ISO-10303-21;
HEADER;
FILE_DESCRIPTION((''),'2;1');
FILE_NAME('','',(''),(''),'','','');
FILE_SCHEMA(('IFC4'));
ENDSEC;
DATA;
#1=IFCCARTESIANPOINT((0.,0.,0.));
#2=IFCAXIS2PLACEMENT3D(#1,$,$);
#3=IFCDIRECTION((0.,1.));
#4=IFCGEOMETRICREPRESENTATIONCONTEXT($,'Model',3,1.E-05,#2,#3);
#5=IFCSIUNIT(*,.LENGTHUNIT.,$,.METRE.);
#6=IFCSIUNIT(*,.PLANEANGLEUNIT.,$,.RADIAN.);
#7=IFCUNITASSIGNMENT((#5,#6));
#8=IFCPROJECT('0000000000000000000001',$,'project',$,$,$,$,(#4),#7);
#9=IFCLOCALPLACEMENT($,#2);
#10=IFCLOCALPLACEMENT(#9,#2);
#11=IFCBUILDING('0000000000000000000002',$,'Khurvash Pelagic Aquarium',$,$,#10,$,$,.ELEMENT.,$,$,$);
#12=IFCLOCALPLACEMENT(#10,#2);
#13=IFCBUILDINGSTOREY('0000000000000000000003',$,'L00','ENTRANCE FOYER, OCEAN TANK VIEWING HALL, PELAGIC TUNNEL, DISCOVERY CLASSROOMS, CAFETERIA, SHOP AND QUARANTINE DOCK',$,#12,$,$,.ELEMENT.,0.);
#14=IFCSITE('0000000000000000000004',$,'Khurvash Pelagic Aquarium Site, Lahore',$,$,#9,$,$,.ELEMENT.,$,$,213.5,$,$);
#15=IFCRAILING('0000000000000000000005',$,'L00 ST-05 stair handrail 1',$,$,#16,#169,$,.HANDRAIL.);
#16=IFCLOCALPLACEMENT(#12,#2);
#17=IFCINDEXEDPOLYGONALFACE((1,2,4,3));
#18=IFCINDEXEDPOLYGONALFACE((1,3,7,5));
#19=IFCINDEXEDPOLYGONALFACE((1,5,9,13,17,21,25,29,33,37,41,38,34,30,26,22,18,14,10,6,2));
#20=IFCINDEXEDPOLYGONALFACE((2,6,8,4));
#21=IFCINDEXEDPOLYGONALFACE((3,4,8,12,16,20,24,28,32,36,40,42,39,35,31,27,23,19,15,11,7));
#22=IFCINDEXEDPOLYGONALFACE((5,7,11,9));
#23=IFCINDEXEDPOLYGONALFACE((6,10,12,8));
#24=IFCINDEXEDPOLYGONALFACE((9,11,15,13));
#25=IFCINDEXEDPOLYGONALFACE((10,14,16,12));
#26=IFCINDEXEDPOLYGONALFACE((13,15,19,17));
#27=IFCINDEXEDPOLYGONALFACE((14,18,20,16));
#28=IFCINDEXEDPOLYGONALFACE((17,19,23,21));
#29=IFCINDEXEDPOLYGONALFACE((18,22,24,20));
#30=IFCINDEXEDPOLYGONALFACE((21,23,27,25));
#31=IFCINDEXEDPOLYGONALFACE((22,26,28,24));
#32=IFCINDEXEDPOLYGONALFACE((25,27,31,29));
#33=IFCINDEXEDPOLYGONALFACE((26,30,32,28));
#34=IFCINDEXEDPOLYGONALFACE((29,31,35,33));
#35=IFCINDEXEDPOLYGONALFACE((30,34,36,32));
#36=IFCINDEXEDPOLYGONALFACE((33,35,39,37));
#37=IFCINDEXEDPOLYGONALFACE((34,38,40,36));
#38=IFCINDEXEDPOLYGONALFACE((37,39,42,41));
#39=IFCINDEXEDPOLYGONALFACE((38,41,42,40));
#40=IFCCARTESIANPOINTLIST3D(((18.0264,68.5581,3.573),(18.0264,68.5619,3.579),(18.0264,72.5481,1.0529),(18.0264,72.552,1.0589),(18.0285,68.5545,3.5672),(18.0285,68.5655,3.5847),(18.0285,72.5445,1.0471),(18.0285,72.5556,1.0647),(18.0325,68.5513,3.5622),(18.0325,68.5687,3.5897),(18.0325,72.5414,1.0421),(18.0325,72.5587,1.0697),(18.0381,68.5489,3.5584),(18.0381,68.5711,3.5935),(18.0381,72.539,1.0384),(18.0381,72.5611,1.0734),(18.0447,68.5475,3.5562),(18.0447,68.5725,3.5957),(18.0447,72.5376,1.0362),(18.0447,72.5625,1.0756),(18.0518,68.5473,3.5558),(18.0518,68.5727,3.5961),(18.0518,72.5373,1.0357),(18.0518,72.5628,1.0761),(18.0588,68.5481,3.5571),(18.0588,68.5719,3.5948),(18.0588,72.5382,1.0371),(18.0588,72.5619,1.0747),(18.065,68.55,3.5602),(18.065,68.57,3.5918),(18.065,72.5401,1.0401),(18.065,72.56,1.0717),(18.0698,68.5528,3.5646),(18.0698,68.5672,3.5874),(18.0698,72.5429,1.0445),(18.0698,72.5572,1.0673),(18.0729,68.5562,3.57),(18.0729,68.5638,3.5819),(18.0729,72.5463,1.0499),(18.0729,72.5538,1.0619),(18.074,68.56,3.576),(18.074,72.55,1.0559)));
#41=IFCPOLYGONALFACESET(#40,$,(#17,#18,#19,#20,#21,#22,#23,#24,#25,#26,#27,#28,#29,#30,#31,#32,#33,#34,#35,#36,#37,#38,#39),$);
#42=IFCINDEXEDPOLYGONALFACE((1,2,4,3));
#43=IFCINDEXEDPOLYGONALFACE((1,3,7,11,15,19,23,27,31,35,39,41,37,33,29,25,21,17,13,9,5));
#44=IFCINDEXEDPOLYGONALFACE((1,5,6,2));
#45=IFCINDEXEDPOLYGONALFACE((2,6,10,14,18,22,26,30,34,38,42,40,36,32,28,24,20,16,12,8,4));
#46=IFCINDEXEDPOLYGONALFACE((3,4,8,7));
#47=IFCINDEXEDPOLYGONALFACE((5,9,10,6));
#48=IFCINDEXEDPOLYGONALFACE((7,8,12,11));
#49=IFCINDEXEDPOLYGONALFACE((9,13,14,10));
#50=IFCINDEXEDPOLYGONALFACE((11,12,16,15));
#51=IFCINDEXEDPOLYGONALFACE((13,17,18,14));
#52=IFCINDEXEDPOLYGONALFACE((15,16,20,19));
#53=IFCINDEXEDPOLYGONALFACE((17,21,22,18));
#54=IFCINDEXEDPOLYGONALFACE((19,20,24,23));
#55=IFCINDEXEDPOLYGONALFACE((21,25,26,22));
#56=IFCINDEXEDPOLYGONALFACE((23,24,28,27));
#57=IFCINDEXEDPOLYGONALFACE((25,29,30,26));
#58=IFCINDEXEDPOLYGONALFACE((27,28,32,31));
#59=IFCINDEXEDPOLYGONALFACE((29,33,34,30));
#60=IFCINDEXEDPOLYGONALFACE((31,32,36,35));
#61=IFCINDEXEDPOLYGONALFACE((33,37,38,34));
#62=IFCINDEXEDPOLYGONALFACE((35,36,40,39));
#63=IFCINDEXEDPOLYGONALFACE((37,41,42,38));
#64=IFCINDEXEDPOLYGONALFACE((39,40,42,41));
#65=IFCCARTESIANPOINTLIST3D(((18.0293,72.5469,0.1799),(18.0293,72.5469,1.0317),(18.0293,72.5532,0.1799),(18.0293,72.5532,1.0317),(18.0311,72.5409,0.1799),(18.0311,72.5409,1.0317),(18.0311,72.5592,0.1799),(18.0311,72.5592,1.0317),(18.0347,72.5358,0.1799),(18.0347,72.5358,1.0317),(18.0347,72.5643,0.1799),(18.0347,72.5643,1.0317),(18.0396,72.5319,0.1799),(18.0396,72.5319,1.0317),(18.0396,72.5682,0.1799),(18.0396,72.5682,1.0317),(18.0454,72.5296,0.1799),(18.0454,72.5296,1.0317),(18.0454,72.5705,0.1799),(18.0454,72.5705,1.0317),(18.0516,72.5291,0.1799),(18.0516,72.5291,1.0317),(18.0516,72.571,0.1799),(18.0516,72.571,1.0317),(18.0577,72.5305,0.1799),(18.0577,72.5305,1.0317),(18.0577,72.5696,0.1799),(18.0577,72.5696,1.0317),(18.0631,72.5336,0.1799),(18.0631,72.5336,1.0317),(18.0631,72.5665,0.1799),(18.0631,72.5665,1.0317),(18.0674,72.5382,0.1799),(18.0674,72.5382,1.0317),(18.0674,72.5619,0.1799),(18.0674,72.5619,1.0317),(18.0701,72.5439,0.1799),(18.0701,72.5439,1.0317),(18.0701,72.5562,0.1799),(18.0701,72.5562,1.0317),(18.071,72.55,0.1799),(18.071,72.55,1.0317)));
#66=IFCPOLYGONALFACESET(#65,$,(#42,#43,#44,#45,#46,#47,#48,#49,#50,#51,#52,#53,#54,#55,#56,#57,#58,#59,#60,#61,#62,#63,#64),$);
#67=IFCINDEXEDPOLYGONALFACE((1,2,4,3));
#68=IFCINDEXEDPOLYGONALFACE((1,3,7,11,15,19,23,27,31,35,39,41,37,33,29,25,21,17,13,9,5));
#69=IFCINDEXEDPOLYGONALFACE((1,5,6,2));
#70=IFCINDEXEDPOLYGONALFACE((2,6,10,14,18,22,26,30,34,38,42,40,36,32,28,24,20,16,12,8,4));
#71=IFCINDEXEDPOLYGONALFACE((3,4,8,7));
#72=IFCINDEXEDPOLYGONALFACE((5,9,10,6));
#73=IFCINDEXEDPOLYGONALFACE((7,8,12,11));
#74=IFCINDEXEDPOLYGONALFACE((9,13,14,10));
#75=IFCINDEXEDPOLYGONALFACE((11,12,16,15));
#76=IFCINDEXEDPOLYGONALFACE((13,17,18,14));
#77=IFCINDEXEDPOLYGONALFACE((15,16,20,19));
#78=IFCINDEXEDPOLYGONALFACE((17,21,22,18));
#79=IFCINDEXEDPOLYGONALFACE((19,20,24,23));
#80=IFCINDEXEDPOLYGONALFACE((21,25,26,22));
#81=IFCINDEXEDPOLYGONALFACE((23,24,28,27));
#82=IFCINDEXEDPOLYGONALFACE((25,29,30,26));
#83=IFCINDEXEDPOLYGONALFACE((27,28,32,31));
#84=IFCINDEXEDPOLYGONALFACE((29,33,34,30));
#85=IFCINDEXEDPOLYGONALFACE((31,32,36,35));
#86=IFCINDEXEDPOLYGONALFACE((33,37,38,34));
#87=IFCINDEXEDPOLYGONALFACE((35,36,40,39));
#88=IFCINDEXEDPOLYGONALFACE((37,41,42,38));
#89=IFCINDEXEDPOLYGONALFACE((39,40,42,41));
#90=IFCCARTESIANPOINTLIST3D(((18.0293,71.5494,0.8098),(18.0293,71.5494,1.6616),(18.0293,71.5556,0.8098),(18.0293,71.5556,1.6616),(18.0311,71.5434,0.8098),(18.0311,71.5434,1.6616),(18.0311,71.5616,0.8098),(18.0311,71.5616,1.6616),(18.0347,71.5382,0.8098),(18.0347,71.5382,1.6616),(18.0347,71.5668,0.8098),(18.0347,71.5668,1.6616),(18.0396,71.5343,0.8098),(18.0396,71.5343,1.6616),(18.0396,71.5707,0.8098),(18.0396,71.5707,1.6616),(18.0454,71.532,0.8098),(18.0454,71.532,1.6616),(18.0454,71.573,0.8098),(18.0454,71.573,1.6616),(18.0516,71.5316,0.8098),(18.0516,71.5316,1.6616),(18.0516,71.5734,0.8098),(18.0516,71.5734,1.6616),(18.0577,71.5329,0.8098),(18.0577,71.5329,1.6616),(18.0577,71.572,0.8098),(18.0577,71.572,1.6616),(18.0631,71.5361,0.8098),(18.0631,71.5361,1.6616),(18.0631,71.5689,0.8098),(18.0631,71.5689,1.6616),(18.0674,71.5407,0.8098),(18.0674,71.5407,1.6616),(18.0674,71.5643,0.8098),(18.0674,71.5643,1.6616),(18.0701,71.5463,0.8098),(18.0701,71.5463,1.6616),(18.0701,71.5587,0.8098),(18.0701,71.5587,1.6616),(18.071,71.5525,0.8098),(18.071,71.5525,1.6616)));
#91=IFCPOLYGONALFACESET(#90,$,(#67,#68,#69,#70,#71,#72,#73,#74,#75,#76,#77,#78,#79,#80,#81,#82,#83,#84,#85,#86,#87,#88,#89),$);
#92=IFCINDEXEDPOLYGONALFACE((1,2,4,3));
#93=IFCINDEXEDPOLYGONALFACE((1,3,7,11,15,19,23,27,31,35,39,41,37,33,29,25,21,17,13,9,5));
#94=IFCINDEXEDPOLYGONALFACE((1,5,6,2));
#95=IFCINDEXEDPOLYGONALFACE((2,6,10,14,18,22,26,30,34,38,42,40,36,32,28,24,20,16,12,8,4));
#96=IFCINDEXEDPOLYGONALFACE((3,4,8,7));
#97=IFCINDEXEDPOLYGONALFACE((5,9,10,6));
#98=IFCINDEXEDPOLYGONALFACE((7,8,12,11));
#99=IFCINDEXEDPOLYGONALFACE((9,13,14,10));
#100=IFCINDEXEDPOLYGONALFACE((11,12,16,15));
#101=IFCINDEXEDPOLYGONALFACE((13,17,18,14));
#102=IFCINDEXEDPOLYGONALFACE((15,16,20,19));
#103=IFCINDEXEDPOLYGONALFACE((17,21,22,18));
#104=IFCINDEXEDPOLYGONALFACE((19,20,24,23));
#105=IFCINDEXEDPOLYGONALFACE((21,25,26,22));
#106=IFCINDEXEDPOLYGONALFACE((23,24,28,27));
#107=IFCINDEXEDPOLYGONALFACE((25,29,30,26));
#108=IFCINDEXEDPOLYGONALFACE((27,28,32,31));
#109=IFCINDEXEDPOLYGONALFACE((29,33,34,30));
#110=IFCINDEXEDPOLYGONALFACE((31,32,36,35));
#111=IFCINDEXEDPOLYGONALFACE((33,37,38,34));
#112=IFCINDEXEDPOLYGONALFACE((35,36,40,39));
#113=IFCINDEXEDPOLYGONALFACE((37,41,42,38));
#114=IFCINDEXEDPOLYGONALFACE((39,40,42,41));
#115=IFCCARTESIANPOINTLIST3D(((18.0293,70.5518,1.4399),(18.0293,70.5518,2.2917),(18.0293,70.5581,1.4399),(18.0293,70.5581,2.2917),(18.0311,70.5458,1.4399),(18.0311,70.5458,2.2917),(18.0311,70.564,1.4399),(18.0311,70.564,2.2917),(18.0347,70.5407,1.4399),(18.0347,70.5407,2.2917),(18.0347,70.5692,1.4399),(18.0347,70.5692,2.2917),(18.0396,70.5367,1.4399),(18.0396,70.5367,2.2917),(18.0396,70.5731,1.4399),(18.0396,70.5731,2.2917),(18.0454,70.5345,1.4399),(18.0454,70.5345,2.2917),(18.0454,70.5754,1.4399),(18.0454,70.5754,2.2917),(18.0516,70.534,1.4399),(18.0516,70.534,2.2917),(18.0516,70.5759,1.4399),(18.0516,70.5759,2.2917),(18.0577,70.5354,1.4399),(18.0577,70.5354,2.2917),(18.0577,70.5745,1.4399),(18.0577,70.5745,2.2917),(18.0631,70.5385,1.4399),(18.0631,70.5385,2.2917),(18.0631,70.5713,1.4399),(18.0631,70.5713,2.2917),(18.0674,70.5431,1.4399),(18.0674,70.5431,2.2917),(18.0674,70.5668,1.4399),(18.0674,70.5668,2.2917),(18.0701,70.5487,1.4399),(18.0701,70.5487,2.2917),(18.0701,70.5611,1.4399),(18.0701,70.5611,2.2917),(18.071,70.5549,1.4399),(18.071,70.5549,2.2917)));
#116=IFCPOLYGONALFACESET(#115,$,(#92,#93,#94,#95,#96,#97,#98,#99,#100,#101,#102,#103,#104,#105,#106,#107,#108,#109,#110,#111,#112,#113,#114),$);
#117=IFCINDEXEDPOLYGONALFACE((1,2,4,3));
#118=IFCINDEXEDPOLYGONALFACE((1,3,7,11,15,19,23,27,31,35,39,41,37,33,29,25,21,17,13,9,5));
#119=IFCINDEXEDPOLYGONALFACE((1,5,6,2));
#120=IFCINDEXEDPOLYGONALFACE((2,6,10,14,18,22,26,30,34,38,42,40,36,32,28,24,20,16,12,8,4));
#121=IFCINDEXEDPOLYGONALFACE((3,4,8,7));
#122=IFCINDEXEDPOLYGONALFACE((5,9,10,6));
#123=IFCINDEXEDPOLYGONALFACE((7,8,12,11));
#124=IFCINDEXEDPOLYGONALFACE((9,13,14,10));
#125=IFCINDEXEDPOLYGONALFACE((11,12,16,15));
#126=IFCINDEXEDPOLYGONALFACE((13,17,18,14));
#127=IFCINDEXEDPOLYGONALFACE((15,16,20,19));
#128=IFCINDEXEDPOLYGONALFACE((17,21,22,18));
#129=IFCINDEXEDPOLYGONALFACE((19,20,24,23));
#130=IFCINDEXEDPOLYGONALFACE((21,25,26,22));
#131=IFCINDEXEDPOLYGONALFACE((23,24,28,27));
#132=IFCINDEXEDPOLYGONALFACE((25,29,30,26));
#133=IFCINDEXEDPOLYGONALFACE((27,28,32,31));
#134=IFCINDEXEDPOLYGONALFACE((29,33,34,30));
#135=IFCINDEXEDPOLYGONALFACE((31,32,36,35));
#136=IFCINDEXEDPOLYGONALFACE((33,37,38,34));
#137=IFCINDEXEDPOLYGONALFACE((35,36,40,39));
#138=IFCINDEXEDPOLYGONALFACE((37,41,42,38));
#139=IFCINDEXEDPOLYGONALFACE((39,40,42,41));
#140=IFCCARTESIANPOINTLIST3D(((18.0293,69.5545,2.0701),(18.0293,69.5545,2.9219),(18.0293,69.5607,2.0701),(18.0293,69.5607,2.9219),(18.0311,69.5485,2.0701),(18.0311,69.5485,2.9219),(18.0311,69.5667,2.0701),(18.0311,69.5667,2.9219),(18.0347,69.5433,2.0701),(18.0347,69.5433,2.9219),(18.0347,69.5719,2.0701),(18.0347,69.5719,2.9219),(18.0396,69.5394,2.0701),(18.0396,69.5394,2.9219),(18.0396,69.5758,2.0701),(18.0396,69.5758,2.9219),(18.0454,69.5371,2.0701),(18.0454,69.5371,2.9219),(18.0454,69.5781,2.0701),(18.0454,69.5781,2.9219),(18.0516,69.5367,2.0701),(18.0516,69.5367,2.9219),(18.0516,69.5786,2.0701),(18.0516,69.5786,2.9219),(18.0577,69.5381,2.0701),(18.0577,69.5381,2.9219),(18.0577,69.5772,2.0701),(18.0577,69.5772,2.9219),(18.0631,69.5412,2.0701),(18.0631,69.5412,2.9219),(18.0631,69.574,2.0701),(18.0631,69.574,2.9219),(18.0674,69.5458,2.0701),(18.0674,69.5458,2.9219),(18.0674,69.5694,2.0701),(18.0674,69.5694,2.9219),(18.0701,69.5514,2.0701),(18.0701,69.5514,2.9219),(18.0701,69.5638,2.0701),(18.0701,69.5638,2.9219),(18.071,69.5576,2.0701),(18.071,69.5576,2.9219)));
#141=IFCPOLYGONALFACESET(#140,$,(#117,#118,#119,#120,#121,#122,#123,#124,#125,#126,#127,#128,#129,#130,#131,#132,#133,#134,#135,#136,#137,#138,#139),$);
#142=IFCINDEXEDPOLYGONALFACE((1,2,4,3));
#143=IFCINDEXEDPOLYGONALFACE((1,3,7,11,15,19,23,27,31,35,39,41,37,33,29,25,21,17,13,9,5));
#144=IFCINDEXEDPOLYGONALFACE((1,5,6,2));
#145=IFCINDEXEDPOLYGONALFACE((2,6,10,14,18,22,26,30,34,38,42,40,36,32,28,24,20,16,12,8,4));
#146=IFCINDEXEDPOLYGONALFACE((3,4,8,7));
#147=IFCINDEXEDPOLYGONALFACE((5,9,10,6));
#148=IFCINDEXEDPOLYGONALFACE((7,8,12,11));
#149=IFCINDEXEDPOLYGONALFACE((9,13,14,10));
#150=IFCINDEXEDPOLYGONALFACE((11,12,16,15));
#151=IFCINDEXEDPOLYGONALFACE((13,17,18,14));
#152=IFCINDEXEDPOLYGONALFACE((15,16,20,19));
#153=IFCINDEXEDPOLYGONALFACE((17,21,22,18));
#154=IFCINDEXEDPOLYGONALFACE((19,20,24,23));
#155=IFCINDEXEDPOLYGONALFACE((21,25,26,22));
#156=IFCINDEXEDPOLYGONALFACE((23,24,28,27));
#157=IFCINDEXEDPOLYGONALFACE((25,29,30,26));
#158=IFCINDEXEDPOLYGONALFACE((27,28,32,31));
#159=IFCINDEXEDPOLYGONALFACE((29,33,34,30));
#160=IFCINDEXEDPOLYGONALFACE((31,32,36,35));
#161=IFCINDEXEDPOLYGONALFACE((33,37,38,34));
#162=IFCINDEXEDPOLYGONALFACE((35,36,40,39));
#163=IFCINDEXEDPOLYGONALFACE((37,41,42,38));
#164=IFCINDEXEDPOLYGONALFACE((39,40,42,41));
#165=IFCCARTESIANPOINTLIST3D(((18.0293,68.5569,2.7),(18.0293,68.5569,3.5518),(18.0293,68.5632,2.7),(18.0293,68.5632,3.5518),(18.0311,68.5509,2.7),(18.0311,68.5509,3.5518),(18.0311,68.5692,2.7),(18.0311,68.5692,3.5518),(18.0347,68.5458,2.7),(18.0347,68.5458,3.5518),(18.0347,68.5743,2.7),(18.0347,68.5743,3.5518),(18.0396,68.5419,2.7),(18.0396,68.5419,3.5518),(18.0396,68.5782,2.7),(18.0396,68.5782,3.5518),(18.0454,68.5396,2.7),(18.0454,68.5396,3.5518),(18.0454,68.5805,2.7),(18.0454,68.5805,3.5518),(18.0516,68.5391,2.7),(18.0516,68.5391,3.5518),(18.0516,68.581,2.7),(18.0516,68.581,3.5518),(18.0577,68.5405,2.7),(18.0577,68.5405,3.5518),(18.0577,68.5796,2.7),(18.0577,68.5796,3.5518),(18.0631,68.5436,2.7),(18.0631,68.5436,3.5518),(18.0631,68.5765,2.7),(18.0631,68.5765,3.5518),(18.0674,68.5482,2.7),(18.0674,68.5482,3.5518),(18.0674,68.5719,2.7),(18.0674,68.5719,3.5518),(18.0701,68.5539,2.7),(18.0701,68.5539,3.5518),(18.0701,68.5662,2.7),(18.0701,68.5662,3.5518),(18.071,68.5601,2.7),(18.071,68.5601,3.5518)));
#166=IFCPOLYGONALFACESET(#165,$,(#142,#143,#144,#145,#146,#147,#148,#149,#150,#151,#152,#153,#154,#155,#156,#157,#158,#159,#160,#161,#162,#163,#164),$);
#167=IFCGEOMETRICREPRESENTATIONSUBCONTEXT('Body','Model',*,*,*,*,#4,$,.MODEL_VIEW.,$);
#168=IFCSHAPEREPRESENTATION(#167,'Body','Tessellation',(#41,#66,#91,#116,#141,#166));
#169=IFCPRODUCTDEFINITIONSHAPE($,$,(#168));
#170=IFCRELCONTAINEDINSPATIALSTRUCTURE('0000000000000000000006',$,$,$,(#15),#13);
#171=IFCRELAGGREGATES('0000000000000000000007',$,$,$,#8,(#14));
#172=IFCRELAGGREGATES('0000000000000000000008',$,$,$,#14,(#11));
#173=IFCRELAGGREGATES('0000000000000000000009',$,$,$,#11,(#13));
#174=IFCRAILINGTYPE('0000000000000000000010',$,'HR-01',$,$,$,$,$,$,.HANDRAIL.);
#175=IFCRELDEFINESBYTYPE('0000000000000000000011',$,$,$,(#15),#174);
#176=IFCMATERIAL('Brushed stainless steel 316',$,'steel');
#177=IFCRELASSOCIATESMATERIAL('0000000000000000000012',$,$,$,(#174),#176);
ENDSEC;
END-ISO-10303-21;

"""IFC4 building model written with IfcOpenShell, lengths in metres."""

from ifc_helpers import new_model, si_unit, direction, frame, origin, origin_2d, place, context, subcontext, project, spatial, circle, extrude, material, type_object, element, save


model = new_model("IFC4")

# Units and contexts
model_context = context("Model", 3, precision=1e-05, world=origin(), true_north=direction((0.0, 1.0)))
body_context = subcontext(model_context, "Body", "Model", "MODEL_VIEW")
ifc_project = project(units=[si_unit("LENGTHUNIT", "METRE"), si_unit("PLANEANGLEUNIT", "RADIAN")], contexts=[model_context])

# Site, building, storey
site_placement = place(None, origin())
site = spatial("IfcSite", under=ifc_project, at=site_placement, Name="Khurvash Pelagic Aquarium Site, Lahore", CompositionType="ELEMENT", RefElevation=213.5)
building_placement = place(site_placement, origin())
building = spatial("IfcBuilding", under=site, at=building_placement, Name="Khurvash Pelagic Aquarium", CompositionType="ELEMENT")
storey_placement = place(building_placement, origin())
storey = spatial("IfcBuildingStorey", under=building, at=storey_placement, Name="L00", Description="ENTRANCE FOYER, OCEAN TANK VIEWING HALL, PELAGIC TUNNEL, DISCOVERY CLASSROOMS, CAFETERIA, SHOP AND QUARANTINE DOCK", CompositionType="ELEMENT", Elevation=0.0)

# Railing
ifc_material_1 = material(Name="Brushed stainless steel 316", Category="steel")
railing_type_1 = type_object("IfcRailingType", Name="HR-01", PredefinedType="HANDRAIL", material=ifc_material_1)
railing_1_placement = place(storey_placement, frame((18.05, 72.55, 0.1799)))
element("IfcRailing", 1, at=railing_1_placement, inside=storey, type_object=railing_type_1, Name="L00 ST-05 stair handrail 1", PredefinedType="HANDRAIL", context=body_context, shape_type="SweptSolid", body=[
    extrude(circle(Radius=0.0239, at=origin_2d()), frame((0.0, 0.0, 0.876), z_axis=(0.0, -0.845486, 0.533997), x_axis=(1.0, 0.0, 0.0)), (0.0, 0.0, 1.0), 4.7192),
    extrude(circle(Radius=0.021, at=origin_2d()), origin(), (0.0, 0.0, 1.0), 0.8518),
    extrude(circle(Radius=0.021, at=origin_2d()), frame((0.0, -0.9976, 0.6299)), (0.0, 0.0, 1.0), 0.8518),
    extrude(circle(Radius=0.021, at=origin_2d()), frame((0.0, -1.9951, 1.26)), (0.0, 0.0, 1.0), 0.8518),
    extrude(circle(Radius=0.021, at=origin_2d()), frame((0.0, -2.9924, 1.8901)), (0.0, 0.0, 1.0), 0.8518),
    extrude(circle(Radius=0.021, at=origin_2d()), frame((0.0, -3.99, 2.52)), (0.0, 0.0, 1.0), 0.8518),
])

save(model, "model.ifc")
